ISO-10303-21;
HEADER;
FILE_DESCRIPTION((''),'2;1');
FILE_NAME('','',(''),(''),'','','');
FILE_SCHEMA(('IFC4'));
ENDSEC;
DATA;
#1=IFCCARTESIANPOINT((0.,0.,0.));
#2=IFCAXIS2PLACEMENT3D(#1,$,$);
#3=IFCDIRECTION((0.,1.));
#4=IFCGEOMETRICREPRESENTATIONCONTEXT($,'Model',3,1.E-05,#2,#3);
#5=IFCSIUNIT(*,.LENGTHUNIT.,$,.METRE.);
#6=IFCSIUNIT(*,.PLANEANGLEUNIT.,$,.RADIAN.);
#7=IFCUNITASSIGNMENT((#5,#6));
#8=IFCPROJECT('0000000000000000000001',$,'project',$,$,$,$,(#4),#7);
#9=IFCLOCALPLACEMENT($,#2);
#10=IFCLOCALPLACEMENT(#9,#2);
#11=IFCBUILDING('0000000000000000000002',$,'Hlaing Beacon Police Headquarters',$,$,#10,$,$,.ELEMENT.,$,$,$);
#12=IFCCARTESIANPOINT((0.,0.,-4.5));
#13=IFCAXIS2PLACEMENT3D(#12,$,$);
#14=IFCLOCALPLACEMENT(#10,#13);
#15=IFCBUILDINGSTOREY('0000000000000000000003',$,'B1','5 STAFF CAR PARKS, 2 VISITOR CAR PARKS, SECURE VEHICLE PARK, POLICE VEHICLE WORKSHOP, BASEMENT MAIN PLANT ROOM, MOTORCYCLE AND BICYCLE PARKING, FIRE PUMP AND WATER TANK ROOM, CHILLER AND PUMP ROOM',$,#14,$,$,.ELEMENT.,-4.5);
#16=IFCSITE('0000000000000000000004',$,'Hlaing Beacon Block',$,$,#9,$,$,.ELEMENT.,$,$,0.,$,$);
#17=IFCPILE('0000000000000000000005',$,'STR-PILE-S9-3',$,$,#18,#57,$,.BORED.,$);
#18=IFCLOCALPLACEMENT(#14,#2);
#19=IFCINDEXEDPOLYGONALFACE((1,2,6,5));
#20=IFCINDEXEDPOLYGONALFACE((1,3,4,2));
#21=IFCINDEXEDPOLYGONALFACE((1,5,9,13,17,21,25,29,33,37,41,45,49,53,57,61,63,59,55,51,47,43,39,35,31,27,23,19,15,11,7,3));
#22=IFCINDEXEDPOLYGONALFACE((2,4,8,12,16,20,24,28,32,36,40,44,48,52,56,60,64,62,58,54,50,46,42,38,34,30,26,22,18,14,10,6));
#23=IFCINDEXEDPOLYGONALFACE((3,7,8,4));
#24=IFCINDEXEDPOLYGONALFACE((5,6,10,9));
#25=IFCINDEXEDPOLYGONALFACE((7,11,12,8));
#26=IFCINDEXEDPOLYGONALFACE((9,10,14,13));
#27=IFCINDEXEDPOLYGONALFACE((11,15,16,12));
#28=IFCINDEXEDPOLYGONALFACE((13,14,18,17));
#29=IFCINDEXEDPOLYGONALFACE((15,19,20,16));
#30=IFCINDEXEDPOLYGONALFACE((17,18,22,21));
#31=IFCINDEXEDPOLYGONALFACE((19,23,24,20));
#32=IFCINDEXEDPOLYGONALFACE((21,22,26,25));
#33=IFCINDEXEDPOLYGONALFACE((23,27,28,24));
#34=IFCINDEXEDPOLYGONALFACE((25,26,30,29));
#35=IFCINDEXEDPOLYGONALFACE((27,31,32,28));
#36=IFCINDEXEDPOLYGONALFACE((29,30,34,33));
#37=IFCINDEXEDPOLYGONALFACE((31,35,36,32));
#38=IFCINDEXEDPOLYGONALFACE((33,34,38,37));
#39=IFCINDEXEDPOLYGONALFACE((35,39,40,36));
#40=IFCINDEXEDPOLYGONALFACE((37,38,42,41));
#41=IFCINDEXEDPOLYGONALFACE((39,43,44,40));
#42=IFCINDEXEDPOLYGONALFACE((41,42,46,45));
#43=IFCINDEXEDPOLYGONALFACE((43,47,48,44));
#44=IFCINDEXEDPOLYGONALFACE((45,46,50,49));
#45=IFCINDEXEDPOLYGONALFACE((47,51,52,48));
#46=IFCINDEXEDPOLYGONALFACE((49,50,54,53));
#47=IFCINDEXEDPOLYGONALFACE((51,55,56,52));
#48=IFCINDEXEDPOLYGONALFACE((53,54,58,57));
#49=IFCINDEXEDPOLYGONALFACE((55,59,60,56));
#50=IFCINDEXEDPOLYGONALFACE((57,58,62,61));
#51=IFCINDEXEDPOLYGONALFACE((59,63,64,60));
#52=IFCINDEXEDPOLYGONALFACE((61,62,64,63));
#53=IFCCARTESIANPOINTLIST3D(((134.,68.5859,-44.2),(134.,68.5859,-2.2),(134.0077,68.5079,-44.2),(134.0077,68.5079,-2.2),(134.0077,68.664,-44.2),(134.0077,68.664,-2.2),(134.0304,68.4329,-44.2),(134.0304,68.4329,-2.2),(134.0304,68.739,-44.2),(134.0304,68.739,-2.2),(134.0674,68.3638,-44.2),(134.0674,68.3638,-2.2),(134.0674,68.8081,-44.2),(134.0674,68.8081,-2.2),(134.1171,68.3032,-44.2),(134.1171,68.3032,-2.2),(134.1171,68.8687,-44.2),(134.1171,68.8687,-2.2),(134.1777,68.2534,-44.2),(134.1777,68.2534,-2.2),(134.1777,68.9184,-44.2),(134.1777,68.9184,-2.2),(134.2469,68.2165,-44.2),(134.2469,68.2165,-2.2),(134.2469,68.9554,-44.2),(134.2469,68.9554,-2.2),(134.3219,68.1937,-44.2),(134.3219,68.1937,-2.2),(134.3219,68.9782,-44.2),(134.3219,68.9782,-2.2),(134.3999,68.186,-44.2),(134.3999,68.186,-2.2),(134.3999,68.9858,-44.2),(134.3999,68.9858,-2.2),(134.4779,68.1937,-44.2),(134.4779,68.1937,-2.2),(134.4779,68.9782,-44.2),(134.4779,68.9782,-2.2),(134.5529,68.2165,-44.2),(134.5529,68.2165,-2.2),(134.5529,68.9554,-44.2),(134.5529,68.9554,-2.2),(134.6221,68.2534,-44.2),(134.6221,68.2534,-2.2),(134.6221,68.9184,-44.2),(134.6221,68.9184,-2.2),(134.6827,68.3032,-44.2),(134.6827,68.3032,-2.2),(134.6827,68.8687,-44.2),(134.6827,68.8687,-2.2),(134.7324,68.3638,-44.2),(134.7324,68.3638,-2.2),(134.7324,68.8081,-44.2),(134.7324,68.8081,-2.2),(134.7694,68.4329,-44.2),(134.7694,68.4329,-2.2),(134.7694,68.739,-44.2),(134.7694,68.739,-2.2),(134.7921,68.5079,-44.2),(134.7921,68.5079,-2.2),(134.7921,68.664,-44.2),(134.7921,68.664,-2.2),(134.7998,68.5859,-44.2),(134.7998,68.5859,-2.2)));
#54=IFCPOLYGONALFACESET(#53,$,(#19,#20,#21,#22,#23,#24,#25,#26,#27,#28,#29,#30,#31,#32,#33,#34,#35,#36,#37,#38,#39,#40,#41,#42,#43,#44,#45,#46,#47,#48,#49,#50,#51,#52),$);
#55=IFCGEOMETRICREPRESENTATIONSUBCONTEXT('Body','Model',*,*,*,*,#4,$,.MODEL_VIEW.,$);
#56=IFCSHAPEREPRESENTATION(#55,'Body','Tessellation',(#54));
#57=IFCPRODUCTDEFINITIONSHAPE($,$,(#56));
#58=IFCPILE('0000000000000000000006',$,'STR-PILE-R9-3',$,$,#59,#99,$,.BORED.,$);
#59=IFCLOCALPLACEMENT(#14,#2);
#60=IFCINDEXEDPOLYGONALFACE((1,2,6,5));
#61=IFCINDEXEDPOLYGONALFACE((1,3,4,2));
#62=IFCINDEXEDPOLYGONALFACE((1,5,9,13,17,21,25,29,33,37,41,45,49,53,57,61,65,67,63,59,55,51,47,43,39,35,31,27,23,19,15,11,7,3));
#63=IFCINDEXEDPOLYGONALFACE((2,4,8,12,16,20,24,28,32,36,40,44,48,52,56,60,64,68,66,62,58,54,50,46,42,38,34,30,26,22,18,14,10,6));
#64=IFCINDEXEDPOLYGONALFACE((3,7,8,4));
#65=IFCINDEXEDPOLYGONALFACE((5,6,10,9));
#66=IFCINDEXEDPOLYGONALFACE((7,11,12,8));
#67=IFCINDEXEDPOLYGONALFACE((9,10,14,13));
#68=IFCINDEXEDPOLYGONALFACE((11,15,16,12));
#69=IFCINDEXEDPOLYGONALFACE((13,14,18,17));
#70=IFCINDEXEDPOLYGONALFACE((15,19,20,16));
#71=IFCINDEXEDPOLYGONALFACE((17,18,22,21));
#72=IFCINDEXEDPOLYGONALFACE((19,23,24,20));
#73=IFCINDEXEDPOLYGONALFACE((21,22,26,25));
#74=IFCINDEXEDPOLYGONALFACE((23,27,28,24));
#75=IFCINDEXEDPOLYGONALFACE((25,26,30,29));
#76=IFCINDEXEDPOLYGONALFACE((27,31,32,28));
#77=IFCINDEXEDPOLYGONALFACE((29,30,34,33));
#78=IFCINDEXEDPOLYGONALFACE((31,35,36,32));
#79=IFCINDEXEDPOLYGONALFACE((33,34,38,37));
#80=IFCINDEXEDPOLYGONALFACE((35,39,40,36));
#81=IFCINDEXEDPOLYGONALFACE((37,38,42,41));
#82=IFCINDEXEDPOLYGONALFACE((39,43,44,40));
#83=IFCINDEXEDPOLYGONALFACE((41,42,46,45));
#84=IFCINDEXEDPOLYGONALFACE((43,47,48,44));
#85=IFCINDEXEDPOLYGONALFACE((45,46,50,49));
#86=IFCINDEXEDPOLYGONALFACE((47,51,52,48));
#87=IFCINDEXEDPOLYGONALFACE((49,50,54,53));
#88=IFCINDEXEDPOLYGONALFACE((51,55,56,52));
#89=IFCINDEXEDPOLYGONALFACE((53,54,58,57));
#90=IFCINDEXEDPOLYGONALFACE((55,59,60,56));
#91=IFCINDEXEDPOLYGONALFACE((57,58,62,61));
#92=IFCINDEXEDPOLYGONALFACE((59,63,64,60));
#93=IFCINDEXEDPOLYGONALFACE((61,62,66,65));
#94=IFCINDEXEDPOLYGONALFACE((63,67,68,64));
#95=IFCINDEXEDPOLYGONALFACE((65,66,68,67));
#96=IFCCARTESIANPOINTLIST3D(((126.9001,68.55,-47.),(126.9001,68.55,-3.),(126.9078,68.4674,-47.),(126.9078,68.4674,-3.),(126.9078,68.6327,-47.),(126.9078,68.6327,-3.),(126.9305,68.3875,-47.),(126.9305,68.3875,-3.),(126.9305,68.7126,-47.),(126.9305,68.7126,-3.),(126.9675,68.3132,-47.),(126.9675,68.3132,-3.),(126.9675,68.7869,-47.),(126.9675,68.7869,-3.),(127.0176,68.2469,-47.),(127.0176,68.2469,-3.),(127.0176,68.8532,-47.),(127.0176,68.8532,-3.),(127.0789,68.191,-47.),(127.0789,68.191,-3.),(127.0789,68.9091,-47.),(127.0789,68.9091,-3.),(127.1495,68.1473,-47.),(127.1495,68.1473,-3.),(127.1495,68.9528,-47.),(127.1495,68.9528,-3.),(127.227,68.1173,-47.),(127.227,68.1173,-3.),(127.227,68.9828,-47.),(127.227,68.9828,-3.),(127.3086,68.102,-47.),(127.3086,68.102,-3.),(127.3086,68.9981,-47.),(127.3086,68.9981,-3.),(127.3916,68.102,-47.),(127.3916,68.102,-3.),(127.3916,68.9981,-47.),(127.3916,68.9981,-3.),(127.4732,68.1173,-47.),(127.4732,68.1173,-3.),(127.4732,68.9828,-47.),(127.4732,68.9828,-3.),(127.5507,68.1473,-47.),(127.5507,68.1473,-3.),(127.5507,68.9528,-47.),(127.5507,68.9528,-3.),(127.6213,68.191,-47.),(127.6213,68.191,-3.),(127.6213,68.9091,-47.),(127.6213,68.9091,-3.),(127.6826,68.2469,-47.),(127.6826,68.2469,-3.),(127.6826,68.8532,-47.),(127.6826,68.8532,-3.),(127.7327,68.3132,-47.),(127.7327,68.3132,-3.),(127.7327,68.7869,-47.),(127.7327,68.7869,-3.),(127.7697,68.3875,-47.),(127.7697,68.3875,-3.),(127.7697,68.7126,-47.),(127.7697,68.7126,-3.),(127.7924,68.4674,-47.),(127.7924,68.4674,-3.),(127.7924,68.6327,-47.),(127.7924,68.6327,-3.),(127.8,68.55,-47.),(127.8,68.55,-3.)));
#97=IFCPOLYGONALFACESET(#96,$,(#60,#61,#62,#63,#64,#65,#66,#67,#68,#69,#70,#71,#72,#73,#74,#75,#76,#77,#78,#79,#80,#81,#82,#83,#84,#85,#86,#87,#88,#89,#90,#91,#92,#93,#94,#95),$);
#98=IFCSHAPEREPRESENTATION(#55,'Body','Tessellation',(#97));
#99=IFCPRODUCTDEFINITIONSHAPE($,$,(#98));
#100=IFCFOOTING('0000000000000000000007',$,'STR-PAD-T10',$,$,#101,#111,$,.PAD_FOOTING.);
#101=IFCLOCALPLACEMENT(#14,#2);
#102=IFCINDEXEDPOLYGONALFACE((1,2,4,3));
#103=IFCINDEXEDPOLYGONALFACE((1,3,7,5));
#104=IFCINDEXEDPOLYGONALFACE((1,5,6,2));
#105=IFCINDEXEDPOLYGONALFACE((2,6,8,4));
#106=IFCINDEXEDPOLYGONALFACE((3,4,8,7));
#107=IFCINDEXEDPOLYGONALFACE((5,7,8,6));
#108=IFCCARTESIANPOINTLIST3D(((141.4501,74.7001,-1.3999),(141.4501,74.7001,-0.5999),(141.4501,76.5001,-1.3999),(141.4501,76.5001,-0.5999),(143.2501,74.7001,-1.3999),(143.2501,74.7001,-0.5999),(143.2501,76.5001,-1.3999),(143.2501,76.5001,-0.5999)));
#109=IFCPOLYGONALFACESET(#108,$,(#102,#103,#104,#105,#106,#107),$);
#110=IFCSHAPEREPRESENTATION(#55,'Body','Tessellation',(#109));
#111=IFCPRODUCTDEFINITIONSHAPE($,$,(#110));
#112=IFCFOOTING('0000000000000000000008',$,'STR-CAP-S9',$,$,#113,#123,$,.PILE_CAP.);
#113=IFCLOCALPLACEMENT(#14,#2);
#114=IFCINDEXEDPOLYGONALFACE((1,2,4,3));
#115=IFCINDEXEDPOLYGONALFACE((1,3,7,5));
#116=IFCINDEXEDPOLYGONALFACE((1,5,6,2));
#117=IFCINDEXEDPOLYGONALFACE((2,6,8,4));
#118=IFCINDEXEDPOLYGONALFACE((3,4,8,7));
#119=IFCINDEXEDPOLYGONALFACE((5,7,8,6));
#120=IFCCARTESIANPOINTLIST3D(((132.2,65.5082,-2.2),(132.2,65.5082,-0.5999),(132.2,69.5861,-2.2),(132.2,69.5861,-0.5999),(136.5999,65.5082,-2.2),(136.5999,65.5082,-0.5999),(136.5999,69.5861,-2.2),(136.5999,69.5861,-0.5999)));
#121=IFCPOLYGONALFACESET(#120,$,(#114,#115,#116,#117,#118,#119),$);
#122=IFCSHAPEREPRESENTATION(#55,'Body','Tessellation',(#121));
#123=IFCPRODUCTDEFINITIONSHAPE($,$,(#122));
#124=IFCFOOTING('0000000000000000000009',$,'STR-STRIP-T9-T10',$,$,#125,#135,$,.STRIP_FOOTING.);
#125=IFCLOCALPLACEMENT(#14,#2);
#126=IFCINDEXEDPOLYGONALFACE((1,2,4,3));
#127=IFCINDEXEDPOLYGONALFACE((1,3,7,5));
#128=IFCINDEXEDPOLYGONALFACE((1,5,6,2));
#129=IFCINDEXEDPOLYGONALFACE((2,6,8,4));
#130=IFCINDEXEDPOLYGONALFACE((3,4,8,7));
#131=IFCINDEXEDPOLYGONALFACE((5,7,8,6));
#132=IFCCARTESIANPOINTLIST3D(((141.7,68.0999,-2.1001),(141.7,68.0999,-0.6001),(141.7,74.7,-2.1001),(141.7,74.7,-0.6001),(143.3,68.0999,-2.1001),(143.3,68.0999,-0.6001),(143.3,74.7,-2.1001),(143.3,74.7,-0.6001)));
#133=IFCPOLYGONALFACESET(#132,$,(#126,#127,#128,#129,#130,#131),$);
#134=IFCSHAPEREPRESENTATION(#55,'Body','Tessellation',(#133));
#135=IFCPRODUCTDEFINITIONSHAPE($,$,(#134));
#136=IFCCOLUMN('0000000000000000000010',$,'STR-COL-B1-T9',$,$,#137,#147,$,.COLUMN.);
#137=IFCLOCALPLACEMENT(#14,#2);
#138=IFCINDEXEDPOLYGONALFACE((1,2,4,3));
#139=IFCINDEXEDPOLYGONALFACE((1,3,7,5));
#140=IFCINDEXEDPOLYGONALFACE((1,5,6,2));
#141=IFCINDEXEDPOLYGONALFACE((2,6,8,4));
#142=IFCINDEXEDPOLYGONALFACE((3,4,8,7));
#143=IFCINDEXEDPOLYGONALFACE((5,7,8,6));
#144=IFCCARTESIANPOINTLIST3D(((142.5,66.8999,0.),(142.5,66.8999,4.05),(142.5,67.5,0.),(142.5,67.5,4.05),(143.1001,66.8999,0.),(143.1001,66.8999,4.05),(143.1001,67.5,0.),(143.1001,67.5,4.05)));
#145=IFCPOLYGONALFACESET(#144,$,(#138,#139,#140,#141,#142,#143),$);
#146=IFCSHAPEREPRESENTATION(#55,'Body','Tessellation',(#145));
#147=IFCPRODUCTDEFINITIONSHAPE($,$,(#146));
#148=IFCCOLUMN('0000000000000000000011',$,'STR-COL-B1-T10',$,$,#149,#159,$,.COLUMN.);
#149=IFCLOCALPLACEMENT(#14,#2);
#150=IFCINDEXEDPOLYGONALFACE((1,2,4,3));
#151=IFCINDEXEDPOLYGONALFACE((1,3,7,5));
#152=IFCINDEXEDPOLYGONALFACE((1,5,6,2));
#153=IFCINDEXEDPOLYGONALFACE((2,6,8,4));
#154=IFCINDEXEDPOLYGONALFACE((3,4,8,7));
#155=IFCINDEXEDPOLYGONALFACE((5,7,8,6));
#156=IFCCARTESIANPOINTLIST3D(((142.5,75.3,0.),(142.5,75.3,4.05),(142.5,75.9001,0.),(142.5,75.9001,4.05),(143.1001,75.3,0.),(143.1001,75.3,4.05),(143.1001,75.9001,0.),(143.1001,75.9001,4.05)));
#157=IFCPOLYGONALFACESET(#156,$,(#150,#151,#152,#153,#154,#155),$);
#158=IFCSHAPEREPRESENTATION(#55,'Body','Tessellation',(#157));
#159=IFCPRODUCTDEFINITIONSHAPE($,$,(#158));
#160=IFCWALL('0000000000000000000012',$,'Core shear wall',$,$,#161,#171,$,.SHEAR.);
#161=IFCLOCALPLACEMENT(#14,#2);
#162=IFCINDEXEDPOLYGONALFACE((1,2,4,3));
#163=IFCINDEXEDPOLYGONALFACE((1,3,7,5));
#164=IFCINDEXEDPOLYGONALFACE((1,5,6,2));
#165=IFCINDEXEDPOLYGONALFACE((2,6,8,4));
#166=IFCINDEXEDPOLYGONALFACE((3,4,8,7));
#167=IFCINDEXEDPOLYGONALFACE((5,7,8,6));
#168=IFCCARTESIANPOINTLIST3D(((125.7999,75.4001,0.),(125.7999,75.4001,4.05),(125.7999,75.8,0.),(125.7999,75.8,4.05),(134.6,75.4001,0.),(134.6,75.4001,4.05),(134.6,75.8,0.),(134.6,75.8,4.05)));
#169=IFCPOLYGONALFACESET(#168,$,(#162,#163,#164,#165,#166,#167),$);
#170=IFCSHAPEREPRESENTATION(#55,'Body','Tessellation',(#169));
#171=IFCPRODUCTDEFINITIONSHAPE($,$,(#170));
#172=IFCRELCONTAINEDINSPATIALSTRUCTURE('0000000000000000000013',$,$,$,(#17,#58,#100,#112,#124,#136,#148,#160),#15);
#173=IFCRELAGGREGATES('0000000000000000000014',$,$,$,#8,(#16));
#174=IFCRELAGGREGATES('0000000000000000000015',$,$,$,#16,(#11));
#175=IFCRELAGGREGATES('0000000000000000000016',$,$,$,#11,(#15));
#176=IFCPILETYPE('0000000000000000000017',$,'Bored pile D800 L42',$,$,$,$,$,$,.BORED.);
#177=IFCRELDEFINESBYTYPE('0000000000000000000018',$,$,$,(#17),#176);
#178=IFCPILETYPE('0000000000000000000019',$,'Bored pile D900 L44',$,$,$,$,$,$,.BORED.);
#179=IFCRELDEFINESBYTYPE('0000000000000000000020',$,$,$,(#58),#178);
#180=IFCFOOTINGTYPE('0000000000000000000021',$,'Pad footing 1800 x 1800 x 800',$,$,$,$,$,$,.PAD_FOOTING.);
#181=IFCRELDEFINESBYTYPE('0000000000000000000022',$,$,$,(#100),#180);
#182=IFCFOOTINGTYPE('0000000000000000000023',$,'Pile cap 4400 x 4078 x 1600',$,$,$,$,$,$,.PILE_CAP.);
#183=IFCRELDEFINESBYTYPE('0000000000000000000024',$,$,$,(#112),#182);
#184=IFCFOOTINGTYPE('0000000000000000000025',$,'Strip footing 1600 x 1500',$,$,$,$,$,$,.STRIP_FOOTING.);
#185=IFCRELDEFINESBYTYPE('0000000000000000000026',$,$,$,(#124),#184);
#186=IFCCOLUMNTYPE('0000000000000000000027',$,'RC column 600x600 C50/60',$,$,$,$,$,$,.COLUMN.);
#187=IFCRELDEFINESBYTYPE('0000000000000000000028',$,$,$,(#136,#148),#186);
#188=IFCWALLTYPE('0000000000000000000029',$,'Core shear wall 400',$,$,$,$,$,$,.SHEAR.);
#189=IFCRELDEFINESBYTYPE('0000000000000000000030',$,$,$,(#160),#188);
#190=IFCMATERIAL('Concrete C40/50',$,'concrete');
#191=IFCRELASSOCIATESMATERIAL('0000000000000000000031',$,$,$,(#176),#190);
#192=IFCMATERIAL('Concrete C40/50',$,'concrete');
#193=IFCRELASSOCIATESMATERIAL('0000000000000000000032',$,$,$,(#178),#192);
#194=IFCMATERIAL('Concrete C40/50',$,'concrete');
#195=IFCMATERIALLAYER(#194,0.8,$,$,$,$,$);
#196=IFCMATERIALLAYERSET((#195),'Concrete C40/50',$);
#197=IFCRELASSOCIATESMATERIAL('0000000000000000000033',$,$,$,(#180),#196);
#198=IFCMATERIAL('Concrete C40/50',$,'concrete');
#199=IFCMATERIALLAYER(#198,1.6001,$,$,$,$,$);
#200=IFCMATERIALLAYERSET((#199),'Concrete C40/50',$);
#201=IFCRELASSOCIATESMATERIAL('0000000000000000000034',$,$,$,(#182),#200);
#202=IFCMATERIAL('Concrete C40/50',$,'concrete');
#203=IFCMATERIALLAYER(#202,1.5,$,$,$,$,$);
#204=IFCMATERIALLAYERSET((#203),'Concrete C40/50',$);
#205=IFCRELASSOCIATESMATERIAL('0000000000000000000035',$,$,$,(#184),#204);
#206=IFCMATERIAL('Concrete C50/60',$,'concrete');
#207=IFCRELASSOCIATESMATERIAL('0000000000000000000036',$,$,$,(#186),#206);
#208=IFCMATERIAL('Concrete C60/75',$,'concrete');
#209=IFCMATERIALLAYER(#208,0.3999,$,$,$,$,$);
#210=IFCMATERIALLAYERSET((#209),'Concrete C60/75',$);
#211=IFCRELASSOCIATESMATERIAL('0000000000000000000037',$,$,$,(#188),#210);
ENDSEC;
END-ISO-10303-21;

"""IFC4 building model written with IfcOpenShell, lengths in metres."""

from ifc_helpers import new_model, si_unit, direction, frame, frame_2d, origin, origin_2d, place, context, subcontext, project, spatial, rectangle, circle, extrude, material, layer, layer_set, material_profile, profile_set, type_object, element, save


model = new_model("IFC4")

# Units and contexts
model_context = context("Model", 3, precision=1e-05, world=origin(), true_north=direction((0.0, 1.0)))
body_context = subcontext(model_context, "Body", "Model", "MODEL_VIEW")
ifc_project = project(units=[si_unit("LENGTHUNIT", "METRE"), si_unit("PLANEANGLEUNIT", "RADIAN")], contexts=[model_context])

# Site, building, storey
site_placement = place(None, origin())
site = spatial("IfcSite", under=ifc_project, at=site_placement, Name="Hlaing Beacon Block", CompositionType="ELEMENT", RefElevation=0.0)
building_placement = place(site_placement, origin())
building = spatial("IfcBuilding", under=site, at=building_placement, Name="Hlaing Beacon Police Headquarters", CompositionType="ELEMENT")
storey_placement = place(building_placement, frame((0.0, 0.0, -4.5)))
storey = spatial("IfcBuildingStorey", under=building, at=storey_placement, Name="B1", Description="5 STAFF CAR PARKS, 2 VISITOR CAR PARKS, SECURE VEHICLE PARK, POLICE VEHICLE WORKSHOP, BASEMENT MAIN PLANT ROOM, MOTORCYCLE AND BICYCLE PARKING, FIRE PUMP AND WATER TANK ROOM, CHILLER AND PUMP ROOM", CompositionType="ELEMENT", Elevation=-4.5)

# Piles
ifc_material_1 = material(Name="Concrete C40/50", Category="concrete")
ifc_material_profile_1 = material_profile(ifc_material_1, circle(Radius=0.3999, at=origin_2d()), Name="D800")
ifc_profile_set_1 = profile_set([ifc_material_profile_1], Name="Concrete C40/50")
pile_type_1 = type_object("IfcPileType", Name="Bored pile D800 L42", PredefinedType="BORED", material=ifc_profile_set_1)
pile_1_placement = place(storey_placement, frame((134.3999, 68.5859, -2.2), z_axis=(0.0, 0.0, -1.0), x_axis=(1.0, 0.0, 0.0)))
element("IfcPile", 1, at=pile_1_placement, inside=storey, type_object=pile_type_1, Name="STR-PILE-S9-3", PredefinedType="BORED", context=body_context, shape_type="SweptSolid", body=[
    extrude(circle(Radius=0.3999, at=origin_2d()), origin(), (0.0, 0.0, 1.0), 42.0),
])
ifc_material_2 = material(Name="Concrete C40/50", Category="concrete")
ifc_material_profile_2 = material_profile(ifc_material_2, circle(Radius=0.45, at=origin_2d()), Name="D900")
ifc_profile_set_2 = profile_set([ifc_material_profile_2], Name="Concrete C40/50")
pile_type_2 = type_object("IfcPileType", Name="Bored pile D900 L44", PredefinedType="BORED", material=ifc_profile_set_2)
pile_2_placement = place(storey_placement, frame((127.3501, 68.55, -3.0), z_axis=(0.0, 0.0, -1.0), x_axis=(1.0, 0.0, 0.0)))
element("IfcPile", 2, at=pile_2_placement, inside=storey, type_object=pile_type_2, Name="STR-PILE-R9-3", PredefinedType="BORED", context=body_context, shape_type="SweptSolid", body=[
    extrude(circle(Radius=0.45, at=origin_2d()), origin(), (0.0, 0.0, 1.0), 44.0),
])

# Footings
ifc_material_3 = material(Name="Concrete C40/50", Category="concrete")
ifc_layer_1 = layer(ifc_material_3, 0.8)
ifc_layer_set_1 = layer_set([ifc_layer_1], Name="Concrete C40/50")
footing_type_1 = type_object("IfcFootingType", Name="Pad footing 1800 x 1800 x 800", PredefinedType="PAD_FOOTING", material=ifc_layer_set_1)
footing_1_placement = place(storey_placement, frame((142.3501, 75.6001, -1.3999), z_axis=(0.0, 0.0, 1.0), x_axis=(1.0, 0.0, 0.0)))
element("IfcFooting", 3, at=footing_1_placement, inside=storey, type_object=footing_type_1, Name="STR-PAD-T10", PredefinedType="PAD_FOOTING", context=body_context, shape_type="SweptSolid", body=[
    extrude(rectangle(XDim=1.8, YDim=1.8, at=origin_2d()), origin(), (0.0, 0.0, 1.0), 0.8),
])
ifc_material_4 = material(Name="Concrete C40/50", Category="concrete")
ifc_layer_2 = layer(ifc_material_4, 1.6001)
ifc_layer_set_2 = layer_set([ifc_layer_2], Name="Concrete C40/50")
footing_type_2 = type_object("IfcFootingType", Name="Pile cap 4400 x 4078 x 1600", PredefinedType="PILE_CAP", material=ifc_layer_set_2)
footing_2_placement = place(storey_placement, frame((134.3999, 67.5471, -2.2), z_axis=(0.0, 0.0, 1.0), x_axis=(1.0, 0.0, 0.0)))
element("IfcFooting", 4, at=footing_2_placement, inside=storey, type_object=footing_type_2, Name="STR-CAP-S9", PredefinedType="PILE_CAP", context=body_context, shape_type="SweptSolid", body=[
    extrude(rectangle(XDim=4.3999, YDim=4.0779, at=origin_2d()), origin(), (0.0, 0.0, 1.0), 1.6001),
])
ifc_material_5 = material(Name="Concrete C40/50", Category="concrete")
ifc_layer_3 = layer(ifc_material_5, 1.5)
ifc_layer_set_3 = layer_set([ifc_layer_3], Name="Concrete C40/50")
footing_type_3 = type_object("IfcFootingType", Name="Strip footing 1600 x 1500", PredefinedType="STRIP_FOOTING", material=ifc_layer_set_3)
footing_3_placement = place(storey_placement, frame((142.5, 71.3999, -2.1001), z_axis=(0.0, 0.0, 1.0), x_axis=(1.0, 0.0, 0.0)))
element("IfcFooting", 5, at=footing_3_placement, inside=storey, type_object=footing_type_3, Name="STR-STRIP-T9-T10", PredefinedType="STRIP_FOOTING", context=body_context, shape_type="SweptSolid", body=[
    extrude(rectangle(XDim=1.6001, YDim=6.6001, at=origin_2d()), origin(), (0.0, 0.0, 1.0), 1.5),
])

# Columns
ifc_material_6 = material(Name="Concrete C50/60", Category="concrete")
ifc_material_profile_3 = material_profile(ifc_material_6, rectangle(XDim=0.6001, YDim=0.6001, at=origin_2d()), Name="600x600")
ifc_profile_set_3 = profile_set([ifc_material_profile_3], Name="Concrete C50/60")
column_type = type_object("IfcColumnType", Name="RC column 600x600 C50/60", PredefinedType="COLUMN", material=ifc_profile_set_3)
for number, where, z_axis, x_axis, name in (
    (6, (142.8, 67.2, 0.0), (0.0, 0.0, 1.0), (1.0, 0.0, 0.0), "STR-COL-B1-T9"),
    (7, (142.8, 75.6001, 0.0), (0.0, 0.0, 1.0), (1.0, 0.0, 0.0), "STR-COL-B1-T10"),
):
    element("IfcColumn", number, at=place(storey_placement, frame(where, z_axis=z_axis, x_axis=x_axis)), inside=storey, type_object=column_type, Name=name, PredefinedType="COLUMN", context=body_context, shape_type="SweptSolid", body=[
        extrude(rectangle(XDim=0.6001, YDim=0.6001, at=origin_2d()), origin(), (0.0, 0.0, 1.0), 4.05),
    ])

# Wall
ifc_material_7 = material(Name="Concrete C60/75", Category="concrete")
ifc_layer_4 = layer(ifc_material_7, 0.3999)
ifc_layer_set_4 = layer_set([ifc_layer_4], Name="Concrete C60/75")
wall_type_1 = type_object("IfcWallType", Name="Core shear wall 400", PredefinedType="SHEAR", material=ifc_layer_set_4)
wall_1_placement = place(storey_placement, frame((125.8, 75.6001, 0.0), z_axis=(0.0, 0.0, 1.0), x_axis=(1.0, 0.0, 0.0)))
element("IfcWall", 8, at=wall_1_placement, inside=storey, type_object=wall_type_1, Name="Core shear wall", PredefinedType="SHEAR", context=body_context, shape_type="SweptSolid", body=[
    extrude(rectangle(XDim=8.8, YDim=0.3999, at=frame_2d((4.3999, 0.0))), origin(), (0.0, 0.0, 1.0), 4.05),
])

save(model, "model.ifc")
